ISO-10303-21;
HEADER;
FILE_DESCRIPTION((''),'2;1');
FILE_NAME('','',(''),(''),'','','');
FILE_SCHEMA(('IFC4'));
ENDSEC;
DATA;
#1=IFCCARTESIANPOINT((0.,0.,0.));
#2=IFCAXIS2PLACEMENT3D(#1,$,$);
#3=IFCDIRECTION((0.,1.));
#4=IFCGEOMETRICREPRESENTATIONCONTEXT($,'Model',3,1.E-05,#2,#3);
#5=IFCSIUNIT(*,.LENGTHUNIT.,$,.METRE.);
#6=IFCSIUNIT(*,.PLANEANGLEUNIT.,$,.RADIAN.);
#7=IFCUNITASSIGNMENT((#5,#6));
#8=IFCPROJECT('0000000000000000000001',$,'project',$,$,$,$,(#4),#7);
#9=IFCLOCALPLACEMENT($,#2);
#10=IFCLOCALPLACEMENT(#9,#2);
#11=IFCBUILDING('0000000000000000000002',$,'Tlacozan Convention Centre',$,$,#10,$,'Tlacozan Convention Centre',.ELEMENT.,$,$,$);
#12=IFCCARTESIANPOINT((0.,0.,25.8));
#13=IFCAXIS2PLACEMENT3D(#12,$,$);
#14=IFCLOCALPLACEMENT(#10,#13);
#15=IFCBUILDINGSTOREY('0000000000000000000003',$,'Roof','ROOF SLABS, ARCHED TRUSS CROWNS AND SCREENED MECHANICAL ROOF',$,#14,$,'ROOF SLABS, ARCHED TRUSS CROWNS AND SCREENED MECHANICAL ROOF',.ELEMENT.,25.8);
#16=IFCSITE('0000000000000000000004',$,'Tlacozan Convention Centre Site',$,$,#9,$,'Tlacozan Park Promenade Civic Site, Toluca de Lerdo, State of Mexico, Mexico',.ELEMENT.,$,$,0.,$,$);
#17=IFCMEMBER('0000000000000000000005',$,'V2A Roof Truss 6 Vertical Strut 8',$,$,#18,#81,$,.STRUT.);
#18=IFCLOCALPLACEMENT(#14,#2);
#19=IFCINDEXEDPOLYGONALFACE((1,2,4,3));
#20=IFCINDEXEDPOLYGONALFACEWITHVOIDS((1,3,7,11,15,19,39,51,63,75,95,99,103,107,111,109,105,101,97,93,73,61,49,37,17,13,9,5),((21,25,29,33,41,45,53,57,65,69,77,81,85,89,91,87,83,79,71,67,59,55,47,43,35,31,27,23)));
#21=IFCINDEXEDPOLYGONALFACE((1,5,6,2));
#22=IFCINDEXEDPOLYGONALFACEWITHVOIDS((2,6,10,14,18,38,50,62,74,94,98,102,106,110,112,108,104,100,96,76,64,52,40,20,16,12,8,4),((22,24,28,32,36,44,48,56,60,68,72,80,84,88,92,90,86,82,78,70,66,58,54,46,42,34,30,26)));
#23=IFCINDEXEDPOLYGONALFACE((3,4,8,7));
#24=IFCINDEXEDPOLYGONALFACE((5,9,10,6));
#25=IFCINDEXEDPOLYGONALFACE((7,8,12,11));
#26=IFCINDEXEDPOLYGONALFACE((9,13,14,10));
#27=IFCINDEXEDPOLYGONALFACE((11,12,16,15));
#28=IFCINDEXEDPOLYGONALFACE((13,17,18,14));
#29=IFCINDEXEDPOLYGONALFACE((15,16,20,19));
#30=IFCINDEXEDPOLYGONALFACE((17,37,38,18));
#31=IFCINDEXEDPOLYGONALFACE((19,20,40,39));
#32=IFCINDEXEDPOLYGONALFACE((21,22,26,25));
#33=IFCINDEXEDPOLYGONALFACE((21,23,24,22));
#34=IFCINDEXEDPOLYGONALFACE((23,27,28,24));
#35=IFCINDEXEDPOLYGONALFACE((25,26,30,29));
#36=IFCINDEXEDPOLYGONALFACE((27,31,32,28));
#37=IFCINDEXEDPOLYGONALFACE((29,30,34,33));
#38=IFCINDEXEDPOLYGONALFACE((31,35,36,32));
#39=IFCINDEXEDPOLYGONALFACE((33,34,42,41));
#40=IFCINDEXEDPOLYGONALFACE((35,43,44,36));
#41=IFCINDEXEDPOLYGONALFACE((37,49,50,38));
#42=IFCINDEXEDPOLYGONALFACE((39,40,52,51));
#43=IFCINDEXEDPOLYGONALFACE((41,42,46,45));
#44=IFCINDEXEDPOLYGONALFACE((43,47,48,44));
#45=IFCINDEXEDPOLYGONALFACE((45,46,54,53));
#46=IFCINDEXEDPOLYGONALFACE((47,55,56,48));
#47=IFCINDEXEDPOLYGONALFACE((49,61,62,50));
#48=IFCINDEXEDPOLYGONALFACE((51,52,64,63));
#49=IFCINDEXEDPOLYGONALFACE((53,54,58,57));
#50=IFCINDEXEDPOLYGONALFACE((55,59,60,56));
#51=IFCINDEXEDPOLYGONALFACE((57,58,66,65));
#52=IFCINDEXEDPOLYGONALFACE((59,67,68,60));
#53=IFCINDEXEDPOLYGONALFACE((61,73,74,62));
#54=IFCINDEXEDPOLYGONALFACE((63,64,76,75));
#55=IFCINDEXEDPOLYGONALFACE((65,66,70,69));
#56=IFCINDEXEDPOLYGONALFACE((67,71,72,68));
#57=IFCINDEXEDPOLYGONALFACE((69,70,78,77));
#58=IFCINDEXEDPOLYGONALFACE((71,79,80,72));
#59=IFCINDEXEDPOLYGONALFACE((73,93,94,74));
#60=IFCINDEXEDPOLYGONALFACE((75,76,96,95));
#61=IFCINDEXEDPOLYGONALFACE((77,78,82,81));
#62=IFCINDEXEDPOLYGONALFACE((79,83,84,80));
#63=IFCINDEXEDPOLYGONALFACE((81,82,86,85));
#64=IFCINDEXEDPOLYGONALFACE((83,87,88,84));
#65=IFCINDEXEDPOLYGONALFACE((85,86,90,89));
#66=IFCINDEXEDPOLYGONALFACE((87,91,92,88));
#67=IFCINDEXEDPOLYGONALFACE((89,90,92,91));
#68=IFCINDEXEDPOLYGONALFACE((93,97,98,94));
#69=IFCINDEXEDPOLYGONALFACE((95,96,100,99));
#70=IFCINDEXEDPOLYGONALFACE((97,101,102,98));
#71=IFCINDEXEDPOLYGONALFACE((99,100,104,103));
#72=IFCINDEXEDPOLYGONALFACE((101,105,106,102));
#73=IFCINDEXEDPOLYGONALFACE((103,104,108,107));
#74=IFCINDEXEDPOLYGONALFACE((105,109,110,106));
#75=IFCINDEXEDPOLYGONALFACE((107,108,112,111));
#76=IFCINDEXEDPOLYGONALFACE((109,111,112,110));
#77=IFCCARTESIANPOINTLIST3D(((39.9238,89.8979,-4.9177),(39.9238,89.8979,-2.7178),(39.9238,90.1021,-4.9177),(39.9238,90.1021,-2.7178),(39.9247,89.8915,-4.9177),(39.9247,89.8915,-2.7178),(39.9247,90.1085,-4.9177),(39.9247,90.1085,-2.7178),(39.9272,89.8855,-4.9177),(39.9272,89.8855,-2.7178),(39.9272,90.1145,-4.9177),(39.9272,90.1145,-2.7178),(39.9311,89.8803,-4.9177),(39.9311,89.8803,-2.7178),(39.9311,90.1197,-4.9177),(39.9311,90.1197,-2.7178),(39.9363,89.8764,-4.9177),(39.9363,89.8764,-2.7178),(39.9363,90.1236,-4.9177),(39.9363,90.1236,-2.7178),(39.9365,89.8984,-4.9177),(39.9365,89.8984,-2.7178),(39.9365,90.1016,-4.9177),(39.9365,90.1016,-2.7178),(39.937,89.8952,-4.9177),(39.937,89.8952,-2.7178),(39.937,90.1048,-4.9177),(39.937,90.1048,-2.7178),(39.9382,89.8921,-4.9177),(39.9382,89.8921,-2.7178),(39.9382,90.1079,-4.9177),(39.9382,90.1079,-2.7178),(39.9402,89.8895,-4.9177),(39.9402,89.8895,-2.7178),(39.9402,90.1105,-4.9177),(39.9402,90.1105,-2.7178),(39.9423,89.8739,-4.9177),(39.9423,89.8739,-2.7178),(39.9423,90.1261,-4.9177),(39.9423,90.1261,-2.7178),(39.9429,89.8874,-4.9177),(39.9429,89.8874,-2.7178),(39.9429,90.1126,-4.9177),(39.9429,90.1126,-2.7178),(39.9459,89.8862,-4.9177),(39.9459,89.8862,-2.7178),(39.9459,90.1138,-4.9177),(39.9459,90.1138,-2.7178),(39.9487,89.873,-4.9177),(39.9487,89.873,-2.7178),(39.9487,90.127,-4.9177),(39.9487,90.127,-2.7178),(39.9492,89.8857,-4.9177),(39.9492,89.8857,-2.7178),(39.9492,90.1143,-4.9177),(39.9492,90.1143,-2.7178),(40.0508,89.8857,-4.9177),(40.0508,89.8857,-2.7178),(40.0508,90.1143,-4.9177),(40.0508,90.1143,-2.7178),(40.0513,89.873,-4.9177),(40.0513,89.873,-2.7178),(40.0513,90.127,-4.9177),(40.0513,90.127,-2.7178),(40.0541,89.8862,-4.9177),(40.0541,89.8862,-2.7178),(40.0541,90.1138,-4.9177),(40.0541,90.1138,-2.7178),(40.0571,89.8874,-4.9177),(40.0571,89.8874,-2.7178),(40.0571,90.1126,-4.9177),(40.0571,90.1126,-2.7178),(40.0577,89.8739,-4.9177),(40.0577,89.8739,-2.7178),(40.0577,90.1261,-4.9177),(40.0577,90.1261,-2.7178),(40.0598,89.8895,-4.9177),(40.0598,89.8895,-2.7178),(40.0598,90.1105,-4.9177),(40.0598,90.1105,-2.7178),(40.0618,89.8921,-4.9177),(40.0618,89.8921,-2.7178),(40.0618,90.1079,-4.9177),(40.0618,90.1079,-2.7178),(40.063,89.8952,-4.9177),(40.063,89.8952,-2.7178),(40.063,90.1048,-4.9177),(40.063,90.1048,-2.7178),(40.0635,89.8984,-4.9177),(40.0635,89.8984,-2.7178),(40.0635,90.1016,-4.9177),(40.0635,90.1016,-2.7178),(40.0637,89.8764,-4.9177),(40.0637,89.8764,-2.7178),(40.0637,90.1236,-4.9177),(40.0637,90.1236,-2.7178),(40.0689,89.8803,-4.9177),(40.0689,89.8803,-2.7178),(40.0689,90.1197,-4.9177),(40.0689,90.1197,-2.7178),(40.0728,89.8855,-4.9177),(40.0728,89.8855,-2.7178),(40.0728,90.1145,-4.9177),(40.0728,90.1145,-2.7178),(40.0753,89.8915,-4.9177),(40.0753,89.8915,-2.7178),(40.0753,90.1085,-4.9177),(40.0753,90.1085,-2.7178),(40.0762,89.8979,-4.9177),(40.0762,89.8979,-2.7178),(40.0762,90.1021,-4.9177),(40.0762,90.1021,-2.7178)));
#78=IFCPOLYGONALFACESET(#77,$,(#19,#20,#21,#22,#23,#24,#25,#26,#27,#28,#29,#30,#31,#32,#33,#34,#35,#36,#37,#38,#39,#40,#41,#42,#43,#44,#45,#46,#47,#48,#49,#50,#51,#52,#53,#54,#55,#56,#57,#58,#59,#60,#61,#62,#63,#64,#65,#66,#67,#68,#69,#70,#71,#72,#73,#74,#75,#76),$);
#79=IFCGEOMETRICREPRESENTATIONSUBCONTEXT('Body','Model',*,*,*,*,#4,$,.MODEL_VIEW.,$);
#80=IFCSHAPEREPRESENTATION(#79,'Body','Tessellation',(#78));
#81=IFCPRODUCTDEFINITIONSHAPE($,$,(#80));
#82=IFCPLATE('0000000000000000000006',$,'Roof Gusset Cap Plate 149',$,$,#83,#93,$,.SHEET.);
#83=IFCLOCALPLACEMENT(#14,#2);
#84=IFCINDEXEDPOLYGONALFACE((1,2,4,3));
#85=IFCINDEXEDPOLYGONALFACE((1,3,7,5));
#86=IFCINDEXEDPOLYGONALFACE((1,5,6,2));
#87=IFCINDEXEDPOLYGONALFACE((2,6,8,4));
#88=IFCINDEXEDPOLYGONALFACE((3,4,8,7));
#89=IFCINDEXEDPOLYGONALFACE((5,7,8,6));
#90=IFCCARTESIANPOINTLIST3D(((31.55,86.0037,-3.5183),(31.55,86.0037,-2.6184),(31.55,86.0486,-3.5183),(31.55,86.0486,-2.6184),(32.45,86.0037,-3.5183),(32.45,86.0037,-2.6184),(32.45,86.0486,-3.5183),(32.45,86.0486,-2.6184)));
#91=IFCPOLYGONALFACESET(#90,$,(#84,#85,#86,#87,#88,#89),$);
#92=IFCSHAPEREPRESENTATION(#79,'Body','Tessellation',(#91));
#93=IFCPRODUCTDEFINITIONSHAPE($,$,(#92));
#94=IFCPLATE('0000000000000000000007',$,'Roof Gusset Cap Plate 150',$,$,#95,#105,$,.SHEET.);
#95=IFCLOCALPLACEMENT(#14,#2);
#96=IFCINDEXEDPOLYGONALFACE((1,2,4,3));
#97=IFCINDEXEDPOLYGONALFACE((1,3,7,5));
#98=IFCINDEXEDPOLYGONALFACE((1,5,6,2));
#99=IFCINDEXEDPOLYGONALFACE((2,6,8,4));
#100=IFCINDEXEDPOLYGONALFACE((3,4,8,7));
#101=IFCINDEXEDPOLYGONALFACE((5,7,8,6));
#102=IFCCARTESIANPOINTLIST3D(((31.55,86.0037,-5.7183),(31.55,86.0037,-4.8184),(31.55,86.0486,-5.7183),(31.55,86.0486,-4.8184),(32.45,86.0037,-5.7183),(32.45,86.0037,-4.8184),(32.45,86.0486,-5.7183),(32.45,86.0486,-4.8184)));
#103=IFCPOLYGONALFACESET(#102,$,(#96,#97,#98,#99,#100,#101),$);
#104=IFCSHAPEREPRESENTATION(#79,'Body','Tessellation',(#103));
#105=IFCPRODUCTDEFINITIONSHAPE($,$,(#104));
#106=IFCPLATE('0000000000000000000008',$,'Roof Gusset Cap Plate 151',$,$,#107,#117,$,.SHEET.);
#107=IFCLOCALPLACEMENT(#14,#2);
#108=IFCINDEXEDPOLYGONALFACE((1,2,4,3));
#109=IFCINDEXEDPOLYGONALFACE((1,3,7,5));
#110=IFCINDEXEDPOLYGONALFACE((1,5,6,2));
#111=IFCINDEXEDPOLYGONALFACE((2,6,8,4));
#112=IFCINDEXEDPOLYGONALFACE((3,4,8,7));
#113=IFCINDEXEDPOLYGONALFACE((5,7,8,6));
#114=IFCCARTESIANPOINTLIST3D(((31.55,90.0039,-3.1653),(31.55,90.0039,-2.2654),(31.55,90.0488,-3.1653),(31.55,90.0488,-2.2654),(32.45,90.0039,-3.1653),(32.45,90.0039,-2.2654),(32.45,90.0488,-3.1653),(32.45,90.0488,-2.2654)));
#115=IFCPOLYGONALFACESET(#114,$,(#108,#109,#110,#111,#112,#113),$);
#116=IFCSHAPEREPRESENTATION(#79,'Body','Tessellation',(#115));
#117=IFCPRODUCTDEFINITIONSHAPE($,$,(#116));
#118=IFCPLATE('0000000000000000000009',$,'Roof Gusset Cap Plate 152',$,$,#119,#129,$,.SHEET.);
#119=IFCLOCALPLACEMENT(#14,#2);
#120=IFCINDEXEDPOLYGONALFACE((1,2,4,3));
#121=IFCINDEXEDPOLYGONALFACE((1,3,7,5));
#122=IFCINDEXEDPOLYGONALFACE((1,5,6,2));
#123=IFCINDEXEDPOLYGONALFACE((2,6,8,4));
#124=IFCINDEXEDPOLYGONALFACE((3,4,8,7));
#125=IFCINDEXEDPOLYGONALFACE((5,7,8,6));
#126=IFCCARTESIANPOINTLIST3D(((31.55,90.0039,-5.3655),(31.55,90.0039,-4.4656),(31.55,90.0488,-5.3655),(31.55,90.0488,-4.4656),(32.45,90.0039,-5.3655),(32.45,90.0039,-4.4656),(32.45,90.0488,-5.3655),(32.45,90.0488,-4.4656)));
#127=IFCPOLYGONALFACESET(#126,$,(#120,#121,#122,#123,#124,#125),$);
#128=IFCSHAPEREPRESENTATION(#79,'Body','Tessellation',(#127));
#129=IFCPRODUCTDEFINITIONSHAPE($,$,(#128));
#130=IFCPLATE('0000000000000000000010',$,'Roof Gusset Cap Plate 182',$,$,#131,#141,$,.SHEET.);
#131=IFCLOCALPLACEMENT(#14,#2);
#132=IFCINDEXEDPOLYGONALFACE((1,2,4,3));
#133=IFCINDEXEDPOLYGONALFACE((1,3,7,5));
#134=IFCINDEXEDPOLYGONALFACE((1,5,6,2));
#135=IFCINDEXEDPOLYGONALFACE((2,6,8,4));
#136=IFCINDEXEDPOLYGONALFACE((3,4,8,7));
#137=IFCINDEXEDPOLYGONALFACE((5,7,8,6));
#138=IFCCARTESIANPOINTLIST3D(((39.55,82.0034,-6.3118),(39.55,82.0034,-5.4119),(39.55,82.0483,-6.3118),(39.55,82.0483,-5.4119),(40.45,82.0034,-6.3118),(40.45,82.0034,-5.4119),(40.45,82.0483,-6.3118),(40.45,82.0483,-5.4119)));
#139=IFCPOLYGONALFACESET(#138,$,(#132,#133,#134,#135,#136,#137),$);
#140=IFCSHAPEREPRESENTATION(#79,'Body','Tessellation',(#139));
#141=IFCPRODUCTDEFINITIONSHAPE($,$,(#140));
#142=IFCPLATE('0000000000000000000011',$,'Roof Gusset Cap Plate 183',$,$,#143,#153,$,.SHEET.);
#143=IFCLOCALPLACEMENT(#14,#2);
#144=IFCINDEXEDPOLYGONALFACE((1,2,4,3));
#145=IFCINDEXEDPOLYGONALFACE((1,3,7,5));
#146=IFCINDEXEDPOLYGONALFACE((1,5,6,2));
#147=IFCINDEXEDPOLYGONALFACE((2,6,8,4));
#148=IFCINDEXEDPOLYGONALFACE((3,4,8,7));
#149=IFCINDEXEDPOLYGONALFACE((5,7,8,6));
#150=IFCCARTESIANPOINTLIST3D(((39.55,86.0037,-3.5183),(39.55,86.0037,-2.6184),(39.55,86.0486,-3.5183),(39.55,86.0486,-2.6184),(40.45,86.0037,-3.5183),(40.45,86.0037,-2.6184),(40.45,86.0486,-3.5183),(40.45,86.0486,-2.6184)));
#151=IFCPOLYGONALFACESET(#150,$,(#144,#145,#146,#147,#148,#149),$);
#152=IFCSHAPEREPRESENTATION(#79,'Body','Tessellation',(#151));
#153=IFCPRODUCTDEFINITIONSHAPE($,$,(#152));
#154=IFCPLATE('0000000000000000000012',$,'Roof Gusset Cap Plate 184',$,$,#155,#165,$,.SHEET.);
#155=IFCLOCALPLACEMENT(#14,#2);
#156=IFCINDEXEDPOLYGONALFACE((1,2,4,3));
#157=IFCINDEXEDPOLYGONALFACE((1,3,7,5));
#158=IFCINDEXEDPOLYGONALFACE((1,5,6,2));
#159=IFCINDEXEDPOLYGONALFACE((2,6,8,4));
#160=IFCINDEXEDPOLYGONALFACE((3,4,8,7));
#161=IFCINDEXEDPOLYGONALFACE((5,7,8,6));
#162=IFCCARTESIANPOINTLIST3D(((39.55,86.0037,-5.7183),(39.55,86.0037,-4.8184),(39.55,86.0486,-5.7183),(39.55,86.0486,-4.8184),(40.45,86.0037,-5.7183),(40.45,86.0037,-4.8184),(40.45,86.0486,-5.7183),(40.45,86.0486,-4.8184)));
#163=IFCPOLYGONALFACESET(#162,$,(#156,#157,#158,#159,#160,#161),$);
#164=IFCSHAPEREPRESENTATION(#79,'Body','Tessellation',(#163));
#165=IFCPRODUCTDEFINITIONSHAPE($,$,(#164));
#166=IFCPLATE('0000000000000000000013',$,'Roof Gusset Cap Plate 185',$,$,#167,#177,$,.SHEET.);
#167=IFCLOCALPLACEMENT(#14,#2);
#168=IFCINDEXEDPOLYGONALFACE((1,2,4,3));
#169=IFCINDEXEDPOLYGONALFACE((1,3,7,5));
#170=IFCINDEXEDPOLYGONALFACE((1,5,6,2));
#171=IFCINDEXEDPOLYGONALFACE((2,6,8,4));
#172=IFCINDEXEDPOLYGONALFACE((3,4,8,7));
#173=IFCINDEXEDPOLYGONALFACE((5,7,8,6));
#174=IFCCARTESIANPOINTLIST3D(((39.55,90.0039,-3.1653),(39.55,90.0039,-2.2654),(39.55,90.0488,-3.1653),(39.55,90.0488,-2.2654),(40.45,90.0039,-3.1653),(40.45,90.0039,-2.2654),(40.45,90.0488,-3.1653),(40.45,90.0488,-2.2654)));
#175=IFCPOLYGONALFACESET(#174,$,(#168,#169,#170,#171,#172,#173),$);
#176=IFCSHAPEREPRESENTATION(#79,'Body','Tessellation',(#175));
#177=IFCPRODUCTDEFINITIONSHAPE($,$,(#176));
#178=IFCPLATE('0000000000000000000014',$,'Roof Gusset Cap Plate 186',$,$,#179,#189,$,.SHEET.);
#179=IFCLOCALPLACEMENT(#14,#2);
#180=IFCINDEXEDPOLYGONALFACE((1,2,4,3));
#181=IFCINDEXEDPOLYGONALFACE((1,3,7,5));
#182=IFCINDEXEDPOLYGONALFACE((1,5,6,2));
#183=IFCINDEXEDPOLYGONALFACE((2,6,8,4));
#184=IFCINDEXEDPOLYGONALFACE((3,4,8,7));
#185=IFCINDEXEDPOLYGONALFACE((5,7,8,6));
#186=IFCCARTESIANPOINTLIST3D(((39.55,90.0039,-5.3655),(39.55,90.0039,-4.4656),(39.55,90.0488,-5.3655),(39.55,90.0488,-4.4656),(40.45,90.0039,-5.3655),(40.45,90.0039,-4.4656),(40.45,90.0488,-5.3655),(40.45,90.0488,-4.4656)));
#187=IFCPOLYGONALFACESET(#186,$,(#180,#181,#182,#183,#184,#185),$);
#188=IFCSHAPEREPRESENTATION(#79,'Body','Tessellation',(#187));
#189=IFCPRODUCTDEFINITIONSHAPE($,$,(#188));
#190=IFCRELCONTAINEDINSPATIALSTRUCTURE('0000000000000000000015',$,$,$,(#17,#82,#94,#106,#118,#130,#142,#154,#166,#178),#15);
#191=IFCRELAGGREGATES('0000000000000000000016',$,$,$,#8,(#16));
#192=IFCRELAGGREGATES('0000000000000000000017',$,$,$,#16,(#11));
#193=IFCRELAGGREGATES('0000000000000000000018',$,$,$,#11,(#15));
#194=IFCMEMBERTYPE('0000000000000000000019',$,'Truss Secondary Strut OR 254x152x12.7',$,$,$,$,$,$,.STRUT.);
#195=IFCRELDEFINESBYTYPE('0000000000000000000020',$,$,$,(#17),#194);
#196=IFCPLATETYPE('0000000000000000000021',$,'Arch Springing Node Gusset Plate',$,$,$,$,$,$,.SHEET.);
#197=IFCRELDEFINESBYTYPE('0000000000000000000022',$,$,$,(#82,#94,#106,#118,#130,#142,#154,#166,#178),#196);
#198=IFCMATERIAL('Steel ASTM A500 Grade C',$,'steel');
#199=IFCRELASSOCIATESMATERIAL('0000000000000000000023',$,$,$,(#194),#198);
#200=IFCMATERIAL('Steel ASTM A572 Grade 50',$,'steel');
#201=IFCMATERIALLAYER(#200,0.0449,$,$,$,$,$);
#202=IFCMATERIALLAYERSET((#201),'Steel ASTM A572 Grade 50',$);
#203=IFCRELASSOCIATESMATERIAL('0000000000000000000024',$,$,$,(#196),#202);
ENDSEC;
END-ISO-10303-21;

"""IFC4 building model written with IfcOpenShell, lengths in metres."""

from ifc_helpers import new_model, si_unit, direction, frame, origin, origin_2d, place, context, subcontext, project, spatial, rectangle, hollow_rectangle, extrude, material, layer, layer_set, material_profile, profile_set, type_object, element, save


model = new_model("IFC4")

# Units and contexts
model_context = context("Model", 3, precision=1e-05, world=origin(), true_north=direction((0.0, 1.0)))
body_context = subcontext(model_context, "Body", "Model", "MODEL_VIEW")
ifc_project = project(units=[si_unit("LENGTHUNIT", "METRE"), si_unit("PLANEANGLEUNIT", "RADIAN")], contexts=[model_context])

# Site, building, storey
site_placement = place(None, origin())
site = spatial("IfcSite", under=ifc_project, at=site_placement, Name="Tlacozan Convention Centre Site", LongName="Tlacozan Park Promenade Civic Site, Toluca de Lerdo, State of Mexico, Mexico", CompositionType="ELEMENT", RefElevation=0.0)
building_placement = place(site_placement, origin())
building = spatial("IfcBuilding", under=site, at=building_placement, Name="Tlacozan Convention Centre", LongName="Tlacozan Convention Centre", CompositionType="ELEMENT")
storey_placement = place(building_placement, frame((0.0, 0.0, 25.8)))
storey = spatial("IfcBuildingStorey", under=building, at=storey_placement, Name="Roof", Description="ROOF SLABS, ARCHED TRUSS CROWNS AND SCREENED MECHANICAL ROOF", LongName="ROOF SLABS, ARCHED TRUSS CROWNS AND SCREENED MECHANICAL ROOF", CompositionType="ELEMENT", Elevation=25.8)

# Member
ifc_material_1 = material(Name="Steel ASTM A500 Grade C", Category="steel")
ifc_material_profile_1 = material_profile(ifc_material_1, hollow_rectangle(XDim=0.1523, YDim=0.2539, WallThickness=0.0127, InnerFilletRadius=0.0127, OuterFilletRadius=0.0249, at=origin_2d()), Name="OR 254x152x12.7")
ifc_profile_set_1 = profile_set([ifc_material_profile_1], Name="Steel ASTM A500 Grade C")
member_type_1 = type_object("IfcMemberType", Name="Truss Secondary Strut OR 254x152x12.7", PredefinedType="STRUT", material=ifc_profile_set_1)
for number, where, z_axis, x_axis, name in (
    (1, (40.0, 90.0, -4.9177), (0.0, 0.0, 1.0), (1.0, 0.0, 0.0), "V2A Roof Truss 6 Vertical Strut 8"),
):
    element("IfcMember", number, at=place(storey_placement, frame(where, z_axis=z_axis, x_axis=x_axis)), inside=storey, type_object=member_type_1, Name=name, PredefinedType="STRUT", context=body_context, shape_type="SweptSolid", body=[
        extrude(hollow_rectangle(XDim=0.1523, YDim=0.2539, WallThickness=0.0127, InnerFilletRadius=0.0127, OuterFilletRadius=0.0249, at=origin_2d()), origin(), (0.0, 0.0, 1.0), 2.2),
    ])

# Plates
ifc_material_2 = material(Name="Steel ASTM A572 Grade 50", Category="steel")
ifc_layer = layer(ifc_material_2, 0.0449)
ifc_layer_set = layer_set([ifc_layer], Name="Steel ASTM A572 Grade 50")
plate_type = type_object("IfcPlateType", Name="Arch Springing Node Gusset Plate", PredefinedType="SHEET", material=ifc_layer_set)
for number, where, z_axis, x_axis, name in (
    (2, (32.0, 86.0261, -3.5183), (0.0, 0.0, 1.0), (0.0, 1.0, 0.0), "Roof Gusset Cap Plate 149"),
    (3, (32.0, 86.0261, -5.7183), (0.0, 0.0, 1.0), (0.0, 1.0, 0.0), "Roof Gusset Cap Plate 150"),
    (4, (32.0, 90.0264, -3.1653), (0.0, 0.0, 1.0), (0.0, 1.0, 0.0), "Roof Gusset Cap Plate 151"),
    (5, (32.0, 90.0264, -5.3655), (0.0, 0.0, 1.0), (0.0, 1.0, 0.0), "Roof Gusset Cap Plate 152"),
    (6, (40.0, 82.0259, -6.3118), (0.0, 0.0, 1.0), (0.0, 1.0, 0.0), "Roof Gusset Cap Plate 182"),
    (7, (40.0, 86.0261, -3.5183), (0.0, 0.0, 1.0), (0.0, 1.0, 0.0), "Roof Gusset Cap Plate 183"),
    (8, (40.0, 86.0261, -5.7183), (0.0, 0.0, 1.0), (0.0, 1.0, 0.0), "Roof Gusset Cap Plate 184"),
    (9, (40.0, 90.0264, -3.1653), (0.0, 0.0, 1.0), (0.0, 1.0, 0.0), "Roof Gusset Cap Plate 185"),
    (10, (40.0, 90.0264, -5.3655), (0.0, 0.0, 1.0), (0.0, 1.0, 0.0), "Roof Gusset Cap Plate 186"),
):
    element("IfcPlate", number, at=place(storey_placement, frame(where, z_axis=z_axis, x_axis=x_axis)), inside=storey, type_object=plate_type, Name=name, PredefinedType="SHEET", context=body_context, shape_type="SweptSolid", body=[
        extrude(rectangle(XDim=0.0449, YDim=0.8999, at=origin_2d()), origin(), (0.0, 0.0, 1.0), 0.8999),
    ])

save(model, "model.ifc")
